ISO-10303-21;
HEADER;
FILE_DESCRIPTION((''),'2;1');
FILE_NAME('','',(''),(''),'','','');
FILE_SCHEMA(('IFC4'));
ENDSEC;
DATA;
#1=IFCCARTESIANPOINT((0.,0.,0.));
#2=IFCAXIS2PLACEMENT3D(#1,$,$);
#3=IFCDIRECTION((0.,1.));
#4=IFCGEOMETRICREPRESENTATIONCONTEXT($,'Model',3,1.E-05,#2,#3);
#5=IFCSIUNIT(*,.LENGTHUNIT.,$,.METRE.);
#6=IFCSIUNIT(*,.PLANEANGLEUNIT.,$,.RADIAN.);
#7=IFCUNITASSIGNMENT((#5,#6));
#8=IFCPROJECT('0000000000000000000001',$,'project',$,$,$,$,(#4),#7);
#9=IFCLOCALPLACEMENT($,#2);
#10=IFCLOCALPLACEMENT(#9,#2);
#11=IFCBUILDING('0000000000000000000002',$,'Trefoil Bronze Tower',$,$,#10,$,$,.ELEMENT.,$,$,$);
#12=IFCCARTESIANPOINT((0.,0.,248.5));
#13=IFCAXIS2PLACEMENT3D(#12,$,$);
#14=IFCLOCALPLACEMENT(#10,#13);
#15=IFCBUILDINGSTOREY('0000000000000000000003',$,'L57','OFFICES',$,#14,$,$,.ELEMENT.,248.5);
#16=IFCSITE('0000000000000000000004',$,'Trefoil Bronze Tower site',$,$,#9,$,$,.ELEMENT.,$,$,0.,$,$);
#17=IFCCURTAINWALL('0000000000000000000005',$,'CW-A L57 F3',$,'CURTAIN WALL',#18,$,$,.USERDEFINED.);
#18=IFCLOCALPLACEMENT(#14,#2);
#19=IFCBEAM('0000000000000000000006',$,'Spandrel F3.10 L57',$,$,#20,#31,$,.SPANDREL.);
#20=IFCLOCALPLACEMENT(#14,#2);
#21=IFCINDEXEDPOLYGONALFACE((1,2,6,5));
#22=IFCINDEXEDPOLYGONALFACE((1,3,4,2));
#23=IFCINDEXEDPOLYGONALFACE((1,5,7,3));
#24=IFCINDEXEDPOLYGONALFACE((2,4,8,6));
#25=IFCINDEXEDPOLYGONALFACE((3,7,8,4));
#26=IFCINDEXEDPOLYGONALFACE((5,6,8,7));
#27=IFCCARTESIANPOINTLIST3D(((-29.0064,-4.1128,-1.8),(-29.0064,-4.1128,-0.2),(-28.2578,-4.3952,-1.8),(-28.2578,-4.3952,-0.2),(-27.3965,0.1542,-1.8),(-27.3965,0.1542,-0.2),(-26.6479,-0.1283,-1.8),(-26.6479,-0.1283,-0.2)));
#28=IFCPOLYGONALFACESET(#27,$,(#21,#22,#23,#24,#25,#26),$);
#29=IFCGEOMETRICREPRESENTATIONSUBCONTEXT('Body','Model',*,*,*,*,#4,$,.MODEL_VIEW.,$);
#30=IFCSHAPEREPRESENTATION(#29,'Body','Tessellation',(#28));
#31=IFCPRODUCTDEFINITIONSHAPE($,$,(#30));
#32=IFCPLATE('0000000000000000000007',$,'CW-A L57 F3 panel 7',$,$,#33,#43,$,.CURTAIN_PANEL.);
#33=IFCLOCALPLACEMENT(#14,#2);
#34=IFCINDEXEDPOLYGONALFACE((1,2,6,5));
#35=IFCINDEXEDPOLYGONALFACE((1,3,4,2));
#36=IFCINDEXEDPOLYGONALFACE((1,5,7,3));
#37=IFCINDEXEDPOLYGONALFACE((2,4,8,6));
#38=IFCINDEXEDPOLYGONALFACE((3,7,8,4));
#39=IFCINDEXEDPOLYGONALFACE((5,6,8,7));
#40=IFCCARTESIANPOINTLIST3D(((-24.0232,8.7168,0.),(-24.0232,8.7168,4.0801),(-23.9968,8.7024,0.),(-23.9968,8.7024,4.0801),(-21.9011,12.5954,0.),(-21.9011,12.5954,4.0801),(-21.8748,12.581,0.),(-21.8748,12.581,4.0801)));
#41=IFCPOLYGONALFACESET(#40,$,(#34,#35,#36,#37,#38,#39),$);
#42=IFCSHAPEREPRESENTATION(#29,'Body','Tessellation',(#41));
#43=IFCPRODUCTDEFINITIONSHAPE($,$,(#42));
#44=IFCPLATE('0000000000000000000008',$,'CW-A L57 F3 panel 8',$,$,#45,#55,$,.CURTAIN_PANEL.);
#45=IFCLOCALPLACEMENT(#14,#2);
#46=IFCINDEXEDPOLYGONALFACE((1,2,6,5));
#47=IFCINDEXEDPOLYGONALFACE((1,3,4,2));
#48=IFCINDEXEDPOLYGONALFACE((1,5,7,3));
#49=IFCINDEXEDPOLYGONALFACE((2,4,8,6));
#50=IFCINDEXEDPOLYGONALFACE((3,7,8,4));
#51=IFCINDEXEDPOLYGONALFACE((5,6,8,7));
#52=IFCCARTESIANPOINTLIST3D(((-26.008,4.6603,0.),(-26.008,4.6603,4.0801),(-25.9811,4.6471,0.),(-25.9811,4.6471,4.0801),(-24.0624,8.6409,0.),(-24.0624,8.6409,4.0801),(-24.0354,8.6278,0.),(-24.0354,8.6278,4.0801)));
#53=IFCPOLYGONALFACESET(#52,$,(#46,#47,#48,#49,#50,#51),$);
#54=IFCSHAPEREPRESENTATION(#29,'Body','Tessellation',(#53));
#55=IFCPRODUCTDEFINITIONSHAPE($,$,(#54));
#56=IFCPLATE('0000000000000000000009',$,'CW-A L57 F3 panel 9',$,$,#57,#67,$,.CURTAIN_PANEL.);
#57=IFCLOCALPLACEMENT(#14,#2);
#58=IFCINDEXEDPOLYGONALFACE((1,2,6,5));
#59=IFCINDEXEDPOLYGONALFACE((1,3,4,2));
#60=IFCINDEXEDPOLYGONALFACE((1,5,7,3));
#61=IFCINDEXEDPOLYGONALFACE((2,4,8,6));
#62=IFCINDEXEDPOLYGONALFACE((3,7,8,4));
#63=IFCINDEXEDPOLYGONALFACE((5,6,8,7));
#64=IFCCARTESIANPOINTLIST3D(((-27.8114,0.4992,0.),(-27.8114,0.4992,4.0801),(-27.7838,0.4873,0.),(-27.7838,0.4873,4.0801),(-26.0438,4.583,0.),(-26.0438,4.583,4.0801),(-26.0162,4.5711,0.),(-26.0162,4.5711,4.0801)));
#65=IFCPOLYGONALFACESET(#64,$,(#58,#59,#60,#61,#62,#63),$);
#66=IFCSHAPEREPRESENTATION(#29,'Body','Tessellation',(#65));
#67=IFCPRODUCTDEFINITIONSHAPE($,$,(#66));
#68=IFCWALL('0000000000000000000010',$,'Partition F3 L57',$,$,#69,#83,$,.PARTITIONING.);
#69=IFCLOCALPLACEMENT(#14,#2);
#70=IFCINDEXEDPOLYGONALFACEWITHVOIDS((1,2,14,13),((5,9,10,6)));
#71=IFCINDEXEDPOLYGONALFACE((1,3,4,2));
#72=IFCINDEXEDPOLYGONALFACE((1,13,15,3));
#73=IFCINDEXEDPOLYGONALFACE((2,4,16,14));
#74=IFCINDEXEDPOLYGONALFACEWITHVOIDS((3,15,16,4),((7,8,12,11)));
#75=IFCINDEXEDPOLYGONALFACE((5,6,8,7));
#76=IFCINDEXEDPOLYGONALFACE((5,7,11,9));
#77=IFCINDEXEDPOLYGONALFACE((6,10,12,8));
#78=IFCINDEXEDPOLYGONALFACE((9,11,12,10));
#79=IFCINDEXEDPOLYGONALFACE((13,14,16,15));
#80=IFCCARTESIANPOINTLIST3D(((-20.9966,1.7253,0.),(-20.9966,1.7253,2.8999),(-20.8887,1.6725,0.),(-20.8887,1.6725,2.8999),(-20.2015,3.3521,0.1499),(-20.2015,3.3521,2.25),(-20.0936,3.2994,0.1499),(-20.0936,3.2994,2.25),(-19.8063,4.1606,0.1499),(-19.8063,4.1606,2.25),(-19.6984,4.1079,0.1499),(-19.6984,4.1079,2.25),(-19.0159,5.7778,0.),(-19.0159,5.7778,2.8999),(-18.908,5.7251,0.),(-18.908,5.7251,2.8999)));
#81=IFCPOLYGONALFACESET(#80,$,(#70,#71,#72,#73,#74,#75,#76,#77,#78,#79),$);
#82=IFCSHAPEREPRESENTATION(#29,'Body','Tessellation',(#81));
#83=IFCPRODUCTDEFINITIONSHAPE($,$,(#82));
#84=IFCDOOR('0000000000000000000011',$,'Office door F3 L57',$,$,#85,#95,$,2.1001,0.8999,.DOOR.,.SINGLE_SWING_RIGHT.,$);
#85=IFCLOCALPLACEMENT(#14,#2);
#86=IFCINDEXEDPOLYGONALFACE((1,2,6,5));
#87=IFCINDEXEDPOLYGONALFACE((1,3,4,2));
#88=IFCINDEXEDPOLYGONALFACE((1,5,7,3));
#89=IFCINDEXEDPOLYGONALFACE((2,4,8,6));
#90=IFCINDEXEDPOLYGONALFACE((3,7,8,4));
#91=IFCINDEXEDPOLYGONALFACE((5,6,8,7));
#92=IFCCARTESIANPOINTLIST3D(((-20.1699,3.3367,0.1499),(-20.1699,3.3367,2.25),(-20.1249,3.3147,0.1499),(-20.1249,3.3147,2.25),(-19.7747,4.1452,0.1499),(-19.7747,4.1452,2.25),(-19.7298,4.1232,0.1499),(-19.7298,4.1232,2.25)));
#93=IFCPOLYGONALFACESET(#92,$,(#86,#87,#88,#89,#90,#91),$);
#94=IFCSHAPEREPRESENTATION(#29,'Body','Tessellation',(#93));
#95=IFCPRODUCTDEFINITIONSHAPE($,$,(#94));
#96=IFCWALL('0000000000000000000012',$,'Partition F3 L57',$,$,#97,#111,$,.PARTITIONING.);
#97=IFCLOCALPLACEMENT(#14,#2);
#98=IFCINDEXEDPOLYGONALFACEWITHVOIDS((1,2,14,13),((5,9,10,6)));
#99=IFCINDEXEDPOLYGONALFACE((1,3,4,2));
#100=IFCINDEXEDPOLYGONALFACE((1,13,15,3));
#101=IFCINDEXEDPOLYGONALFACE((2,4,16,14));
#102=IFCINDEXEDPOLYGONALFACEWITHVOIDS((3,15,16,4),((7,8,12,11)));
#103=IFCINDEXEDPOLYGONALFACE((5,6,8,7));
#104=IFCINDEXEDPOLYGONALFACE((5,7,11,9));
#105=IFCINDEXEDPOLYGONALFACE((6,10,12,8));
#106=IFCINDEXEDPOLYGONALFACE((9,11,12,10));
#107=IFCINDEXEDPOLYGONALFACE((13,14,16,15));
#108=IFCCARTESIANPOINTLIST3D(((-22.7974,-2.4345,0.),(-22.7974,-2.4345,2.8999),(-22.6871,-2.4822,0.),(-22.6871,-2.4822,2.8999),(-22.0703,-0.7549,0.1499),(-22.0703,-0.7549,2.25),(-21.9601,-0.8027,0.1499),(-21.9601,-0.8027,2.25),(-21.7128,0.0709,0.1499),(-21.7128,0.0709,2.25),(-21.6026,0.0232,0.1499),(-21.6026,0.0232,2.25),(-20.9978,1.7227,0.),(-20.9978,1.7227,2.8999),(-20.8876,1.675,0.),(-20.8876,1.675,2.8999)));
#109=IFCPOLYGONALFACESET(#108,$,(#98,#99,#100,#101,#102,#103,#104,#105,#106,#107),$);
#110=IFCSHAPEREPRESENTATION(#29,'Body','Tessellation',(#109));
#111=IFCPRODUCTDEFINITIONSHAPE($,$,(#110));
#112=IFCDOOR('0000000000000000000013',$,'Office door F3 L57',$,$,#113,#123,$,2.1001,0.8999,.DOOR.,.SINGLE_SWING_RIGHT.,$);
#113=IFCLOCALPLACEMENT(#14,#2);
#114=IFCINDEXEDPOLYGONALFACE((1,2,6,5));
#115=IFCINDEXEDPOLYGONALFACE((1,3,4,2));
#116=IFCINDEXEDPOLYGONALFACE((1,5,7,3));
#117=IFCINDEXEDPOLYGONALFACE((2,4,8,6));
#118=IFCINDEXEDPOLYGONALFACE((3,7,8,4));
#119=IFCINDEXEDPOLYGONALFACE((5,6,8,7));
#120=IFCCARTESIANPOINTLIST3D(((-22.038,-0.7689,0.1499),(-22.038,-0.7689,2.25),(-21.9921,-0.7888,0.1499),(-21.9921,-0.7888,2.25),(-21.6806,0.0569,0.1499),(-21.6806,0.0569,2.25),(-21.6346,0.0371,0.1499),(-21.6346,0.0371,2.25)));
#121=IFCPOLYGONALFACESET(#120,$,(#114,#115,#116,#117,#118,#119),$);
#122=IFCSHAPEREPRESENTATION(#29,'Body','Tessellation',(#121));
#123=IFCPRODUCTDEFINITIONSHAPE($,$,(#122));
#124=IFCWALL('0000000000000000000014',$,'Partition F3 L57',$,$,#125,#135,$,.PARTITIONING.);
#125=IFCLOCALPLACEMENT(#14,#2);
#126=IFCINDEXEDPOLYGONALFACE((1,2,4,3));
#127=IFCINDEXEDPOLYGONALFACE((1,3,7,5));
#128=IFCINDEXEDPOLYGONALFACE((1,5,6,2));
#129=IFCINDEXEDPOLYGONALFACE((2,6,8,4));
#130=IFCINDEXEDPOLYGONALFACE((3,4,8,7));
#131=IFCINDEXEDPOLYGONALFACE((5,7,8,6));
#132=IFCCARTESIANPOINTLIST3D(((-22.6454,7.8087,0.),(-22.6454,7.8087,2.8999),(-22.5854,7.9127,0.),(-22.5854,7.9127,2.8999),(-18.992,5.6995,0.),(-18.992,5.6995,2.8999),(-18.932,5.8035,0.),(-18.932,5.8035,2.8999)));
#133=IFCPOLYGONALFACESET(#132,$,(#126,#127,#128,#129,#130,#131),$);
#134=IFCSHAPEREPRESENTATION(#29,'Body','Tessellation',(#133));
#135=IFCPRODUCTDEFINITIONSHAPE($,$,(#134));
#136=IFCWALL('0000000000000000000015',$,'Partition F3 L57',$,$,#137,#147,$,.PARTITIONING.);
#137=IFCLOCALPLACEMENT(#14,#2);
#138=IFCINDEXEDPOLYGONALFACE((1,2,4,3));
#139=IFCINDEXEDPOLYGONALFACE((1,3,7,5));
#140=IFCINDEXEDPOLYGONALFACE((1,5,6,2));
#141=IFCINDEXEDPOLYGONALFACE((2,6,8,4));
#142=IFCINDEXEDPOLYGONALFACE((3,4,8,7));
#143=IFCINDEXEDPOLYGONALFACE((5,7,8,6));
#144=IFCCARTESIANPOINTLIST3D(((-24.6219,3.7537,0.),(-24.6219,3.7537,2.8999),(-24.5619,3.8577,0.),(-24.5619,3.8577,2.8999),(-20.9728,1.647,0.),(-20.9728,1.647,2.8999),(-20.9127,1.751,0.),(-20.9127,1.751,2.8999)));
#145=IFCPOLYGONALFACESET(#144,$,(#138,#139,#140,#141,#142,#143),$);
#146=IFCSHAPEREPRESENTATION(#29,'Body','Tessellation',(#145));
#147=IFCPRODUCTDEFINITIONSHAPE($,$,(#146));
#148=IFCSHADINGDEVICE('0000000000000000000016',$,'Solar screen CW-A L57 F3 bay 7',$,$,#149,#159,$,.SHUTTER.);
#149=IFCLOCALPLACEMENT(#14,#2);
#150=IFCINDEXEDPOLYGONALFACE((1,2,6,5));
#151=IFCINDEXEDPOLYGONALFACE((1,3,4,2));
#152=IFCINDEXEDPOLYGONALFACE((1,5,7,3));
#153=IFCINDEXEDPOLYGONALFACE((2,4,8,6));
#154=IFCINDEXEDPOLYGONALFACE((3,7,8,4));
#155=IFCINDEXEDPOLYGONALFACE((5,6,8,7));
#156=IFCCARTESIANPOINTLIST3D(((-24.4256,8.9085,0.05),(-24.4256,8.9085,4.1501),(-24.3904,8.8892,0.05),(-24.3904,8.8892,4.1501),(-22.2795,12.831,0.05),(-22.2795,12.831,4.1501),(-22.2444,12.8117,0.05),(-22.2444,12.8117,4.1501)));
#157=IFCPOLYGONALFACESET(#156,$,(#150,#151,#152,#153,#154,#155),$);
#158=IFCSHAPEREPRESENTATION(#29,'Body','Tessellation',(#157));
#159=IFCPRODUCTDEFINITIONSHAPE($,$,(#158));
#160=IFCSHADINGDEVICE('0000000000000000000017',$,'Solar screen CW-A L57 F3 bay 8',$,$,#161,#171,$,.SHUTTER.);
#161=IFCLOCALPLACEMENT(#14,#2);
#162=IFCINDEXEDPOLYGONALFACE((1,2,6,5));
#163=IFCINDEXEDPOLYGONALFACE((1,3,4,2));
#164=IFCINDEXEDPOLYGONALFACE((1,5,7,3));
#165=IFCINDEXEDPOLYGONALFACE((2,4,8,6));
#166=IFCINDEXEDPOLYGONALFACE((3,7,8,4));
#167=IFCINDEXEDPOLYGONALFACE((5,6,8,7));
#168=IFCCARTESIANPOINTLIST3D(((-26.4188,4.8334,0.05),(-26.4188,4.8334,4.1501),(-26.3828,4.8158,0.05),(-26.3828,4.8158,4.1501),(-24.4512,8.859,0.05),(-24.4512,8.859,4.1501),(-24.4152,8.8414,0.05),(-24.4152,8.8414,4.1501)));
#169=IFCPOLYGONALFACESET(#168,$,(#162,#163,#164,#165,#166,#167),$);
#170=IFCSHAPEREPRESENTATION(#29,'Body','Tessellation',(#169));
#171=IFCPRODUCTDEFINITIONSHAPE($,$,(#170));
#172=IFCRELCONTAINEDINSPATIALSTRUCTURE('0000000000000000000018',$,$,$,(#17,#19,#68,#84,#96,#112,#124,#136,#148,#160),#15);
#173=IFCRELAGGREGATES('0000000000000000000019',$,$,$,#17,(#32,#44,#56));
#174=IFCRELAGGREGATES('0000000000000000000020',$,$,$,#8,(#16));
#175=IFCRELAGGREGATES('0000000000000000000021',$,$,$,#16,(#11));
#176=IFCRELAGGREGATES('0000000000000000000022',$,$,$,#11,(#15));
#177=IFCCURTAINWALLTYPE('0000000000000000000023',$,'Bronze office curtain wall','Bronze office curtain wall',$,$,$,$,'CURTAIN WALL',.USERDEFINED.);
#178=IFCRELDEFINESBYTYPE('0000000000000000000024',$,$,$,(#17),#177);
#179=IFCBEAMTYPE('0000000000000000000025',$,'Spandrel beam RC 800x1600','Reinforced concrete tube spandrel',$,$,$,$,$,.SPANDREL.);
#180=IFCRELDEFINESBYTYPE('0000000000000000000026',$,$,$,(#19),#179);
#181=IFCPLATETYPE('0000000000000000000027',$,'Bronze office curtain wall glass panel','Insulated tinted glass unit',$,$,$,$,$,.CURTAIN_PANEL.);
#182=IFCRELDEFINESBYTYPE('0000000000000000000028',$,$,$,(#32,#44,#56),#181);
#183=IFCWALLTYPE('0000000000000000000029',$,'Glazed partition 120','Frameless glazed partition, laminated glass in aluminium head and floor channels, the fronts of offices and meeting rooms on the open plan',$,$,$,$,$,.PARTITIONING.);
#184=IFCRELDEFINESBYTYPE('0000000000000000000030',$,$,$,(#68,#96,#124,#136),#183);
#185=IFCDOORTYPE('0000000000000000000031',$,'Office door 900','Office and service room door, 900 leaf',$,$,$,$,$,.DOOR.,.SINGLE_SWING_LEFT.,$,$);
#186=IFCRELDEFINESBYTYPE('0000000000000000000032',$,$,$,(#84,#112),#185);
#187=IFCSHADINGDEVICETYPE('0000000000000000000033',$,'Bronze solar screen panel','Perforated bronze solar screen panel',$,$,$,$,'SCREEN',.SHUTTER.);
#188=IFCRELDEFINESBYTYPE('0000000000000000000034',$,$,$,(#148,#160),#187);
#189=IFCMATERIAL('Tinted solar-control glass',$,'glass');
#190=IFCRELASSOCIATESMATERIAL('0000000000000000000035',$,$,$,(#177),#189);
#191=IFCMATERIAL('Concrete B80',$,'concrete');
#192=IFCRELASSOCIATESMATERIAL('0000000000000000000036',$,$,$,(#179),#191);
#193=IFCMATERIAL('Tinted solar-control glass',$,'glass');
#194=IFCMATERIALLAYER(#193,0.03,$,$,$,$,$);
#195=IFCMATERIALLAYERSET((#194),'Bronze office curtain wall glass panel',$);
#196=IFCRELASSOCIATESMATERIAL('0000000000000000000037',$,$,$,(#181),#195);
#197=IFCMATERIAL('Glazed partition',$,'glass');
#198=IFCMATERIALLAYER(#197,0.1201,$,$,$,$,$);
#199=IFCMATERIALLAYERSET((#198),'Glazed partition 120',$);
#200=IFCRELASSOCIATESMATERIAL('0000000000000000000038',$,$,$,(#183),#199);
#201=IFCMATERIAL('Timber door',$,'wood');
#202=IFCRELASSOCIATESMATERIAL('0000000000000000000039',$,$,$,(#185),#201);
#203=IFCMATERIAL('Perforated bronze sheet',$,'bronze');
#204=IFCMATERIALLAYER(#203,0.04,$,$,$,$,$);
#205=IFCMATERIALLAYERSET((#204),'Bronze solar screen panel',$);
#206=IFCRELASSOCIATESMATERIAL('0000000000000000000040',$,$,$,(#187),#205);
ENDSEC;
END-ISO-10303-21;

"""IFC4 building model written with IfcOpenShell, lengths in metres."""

from ifc_helpers import new_model, si_unit, direction, frame, frame_2d, origin, origin_2d, place, context, subcontext, project, spatial, rectangle, extrude, material, layer, layer_set, material_profile, profile_set, type_object, element, fill, aggregate, save


model = new_model("IFC4")

# Units and contexts
model_context = context("Model", 3, precision=1e-05, world=origin(), true_north=direction((0.0, 1.0)))
body_context = subcontext(model_context, "Body", "Model", "MODEL_VIEW")
ifc_project = project(units=[si_unit("LENGTHUNIT", "METRE"), si_unit("PLANEANGLEUNIT", "RADIAN")], contexts=[model_context])

# Site, building, storey
site_placement = place(None, origin())
site = spatial("IfcSite", under=ifc_project, at=site_placement, Name="Trefoil Bronze Tower site", CompositionType="ELEMENT", RefElevation=0.0)
building_placement = place(site_placement, origin())
building = spatial("IfcBuilding", under=site, at=building_placement, Name="Trefoil Bronze Tower", CompositionType="ELEMENT")
storey_placement = place(building_placement, frame((0.0, 0.0, 248.5)))
storey = spatial("IfcBuildingStorey", under=building, at=storey_placement, Name="L57", Description="OFFICES", CompositionType="ELEMENT", Elevation=248.5)

# Curtain wall
ifc_material_1 = material(Name="Tinted solar-control glass", Category="glass")
curtain_wall_type = type_object("IfcCurtainWallType", Name="Bronze office curtain wall", Description="Bronze office curtain wall", ElementType="CURTAIN WALL", PredefinedType="USERDEFINED", material=ifc_material_1)
curtain_wall_placement = place(storey_placement, origin())
curtain_wall = element("IfcCurtainWall", 1, at=curtain_wall_placement, inside=storey, type_object=curtain_wall_type, Name="CW-A L57 F3", ObjectType="CURTAIN WALL", PredefinedType="USERDEFINED")

# Beam
ifc_material_2 = material(Name="Concrete B80", Category="concrete")
ifc_material_profile_1 = material_profile(ifc_material_2, rectangle(XDim=0.8, YDim=1.6001, at=origin_2d()), Name="RC 800x1600")
ifc_profile_set_1 = profile_set([ifc_material_profile_1], Name="Concrete B80")
beam_type_1 = type_object("IfcBeamType", Name="Spandrel beam RC 800x1600", Description="Reinforced concrete tube spandrel", PredefinedType="SPANDREL", material=ifc_profile_set_1)
beam_1_placement = place(storey_placement, frame((-27.0222, 0.0129, -1.0), z_axis=(-0.353006, -0.935621, 0.0), x_axis=(0.935621, -0.353006, 0.0)))
element("IfcBeam", 2, at=beam_1_placement, inside=storey, type_object=beam_type_1, Name="Spandrel F3.10 L57", PredefinedType="SPANDREL", context=body_context, shape_type="SweptSolid", body=[
    extrude(rectangle(XDim=0.8, YDim=1.6001, at=origin_2d()), origin(), (0.0, 0.0, 1.0), 4.5605),
])

# Plates
ifc_material_3 = material(Name="Tinted solar-control glass", Category="glass")
ifc_layer_1 = layer(ifc_material_3, 0.03)
ifc_layer_set_1 = layer_set([ifc_layer_1], Name="Bronze office curtain wall glass panel")
plate_type = type_object("IfcPlateType", Name="Bronze office curtain wall glass panel", Description="Insulated tinted glass unit", PredefinedType="CURTAIN_PANEL", material=ifc_layer_set_1)
plate_1_placement = place(storey_placement, frame((-22.949, 10.6489, 0.0), z_axis=(0.0, 0.0, 1.0), x_axis=(-0.479974, -0.877283, 0.0)))
plate_1 = element("IfcPlate", 3, at=plate_1_placement, type_object=plate_type, Name="CW-A L57 F3 panel 7", PredefinedType="CURTAIN_PANEL", context=body_context, shape_type="SweptSolid", body=[
    extrude(rectangle(XDim=4.4211, YDim=0.03, at=origin_2d()), origin(), (0.0, 0.0, 1.0), 4.0801),
])
plate_2_placement = place(storey_placement, frame((-25.0217, 6.644, 0.0), z_axis=(0.0, 0.0, 1.0), x_axis=(-0.439129, -0.898424, 0.0)))
plate_2 = element("IfcPlate", 4, at=plate_2_placement, type_object=plate_type, Name="CW-A L57 F3 panel 8", PredefinedType="CURTAIN_PANEL", context=body_context, shape_type="SweptSolid", body=[
    extrude(rectangle(XDim=4.4307, YDim=0.03, at=origin_2d()), origin(), (0.0, 0.0, 1.0), 4.0801),
])
plate_3_placement = place(storey_placement, frame((-26.9138, 2.5352, 0.0), z_axis=(0.0, 0.0, 1.0), x_axis=(-0.39722, -0.917723, 0.0)))
plate_3 = element("IfcPlate", 5, at=plate_3_placement, type_object=plate_type, Name="CW-A L57 F3 panel 9", PredefinedType="CURTAIN_PANEL", context=body_context, shape_type="SweptSolid", body=[
    extrude(rectangle(XDim=4.45, YDim=0.03, at=origin_2d()), origin(), (0.0, 0.0, 1.0), 4.0801),
])
aggregate(curtain_wall, [plate_1, plate_2, plate_3])

# Walls, openings, doors
ifc_material_4 = material(Name="Glazed partition", Category="glass")
ifc_layer_2 = layer(ifc_material_4, 0.1201)
ifc_layer_set_2 = layer_set([ifc_layer_2], Name="Glazed partition 120")
wall_type = type_object("IfcWallType", Name="Glazed partition 120", Description="Frameless glazed partition, laminated glass in aluminium head and floor channels, the fronts of offices and meeting rooms on the open plan", PredefinedType="PARTITIONING", material=ifc_layer_set_2)
wall_1_placement = place(storey_placement, frame((-18.9619, 5.7515, 0.0), z_axis=(0.0, 0.0, 1.0), x_axis=(-0.43912, -0.898428, 0.0)))
wall_1 = element("IfcWall", 6, at=wall_1_placement, inside=storey, type_object=wall_type, Name="Partition F3 L57", PredefinedType="PARTITIONING", context=body_context, shape_type="SweptSolid", body=[
    extrude(rectangle(XDim=4.5107, YDim=0.1201, at=frame_2d((2.2554, 0.0))), origin(), (0.0, 0.0, 1.0), 2.8999),
])
opening_1_placement = place(wall_1_placement, frame((1.8, 0.0, 0.1499)))
opening_1 = element("IfcOpeningElement", 7, at=opening_1_placement, cuts=wall_1, PredefinedType="OPENING", context=body_context, shape_type="SweptSolid", body=[
    extrude(rectangle(XDim=0.8999, YDim=2.1001, at=frame_2d((0.45, 1.05))), frame((0.0, 0.0701, 0.0), z_axis=(0.0, -1.0, 0.0), x_axis=(1.0, 0.0, 0.0)), (0.0, 0.0, 1.0), 0.1401),
])
ifc_material_5 = material(Name="Timber door", Category="wood")
door_type = type_object("IfcDoorType", Name="Office door 900", Description="Office and service room door, 900 leaf", OperationType="SINGLE_SWING_LEFT", PredefinedType="DOOR", material=ifc_material_5)
door_1_placement = place(opening_1_placement, frame((0.8999, 0.0, 0.0), z_axis=(0.0, 0.0, 1.0), x_axis=(-1.0, 0.0, 0.0)))
door_1 = element("IfcDoor", 8, at=door_1_placement, inside=storey, type_object=door_type, Name="Office door F3 L57", OperationType="SINGLE_SWING_RIGHT", OverallHeight=2.1001, OverallWidth=0.8999, PredefinedType="DOOR", context=body_context, shape_type="SweptSolid", body=[
    extrude(rectangle(XDim=0.8999, YDim=2.1001, at=frame_2d((0.45, 1.05))), frame((0.0, 0.0249, 0.0), z_axis=(0.0, -1.0, 0.0), x_axis=(1.0, 0.0, 0.0)), (0.0, 0.0, 1.0), 0.05),
])
fill(opening_1, door_1)
wall_2_placement = place(storey_placement, frame((-20.9426, 1.699, 0.0), z_axis=(0.0, 0.0, 1.0), x_axis=(-0.397253, -0.917709, 0.0)))
wall_2 = element("IfcWall", 9, at=wall_2_placement, inside=storey, type_object=wall_type, Name="Partition F3 L57", PredefinedType="PARTITIONING", context=body_context, shape_type="SweptSolid", body=[
    extrude(rectangle(XDim=4.53, YDim=0.1201, at=frame_2d((2.2651, 0.0))), origin(), (0.0, 0.0, 1.0), 2.8999),
])
opening_2_placement = place(wall_2_placement, frame((1.8, 0.0, 0.1499)))
opening_2 = element("IfcOpeningElement", 10, at=opening_2_placement, cuts=wall_2, PredefinedType="OPENING", context=body_context, shape_type="SweptSolid", body=[
    extrude(rectangle(XDim=0.8999, YDim=2.1001, at=frame_2d((0.45, 1.05))), frame((0.0, 0.0701, 0.0), z_axis=(0.0, -1.0, 0.0), x_axis=(1.0, 0.0, 0.0)), (0.0, 0.0, 1.0), 0.1401),
])
door_2_placement = place(opening_2_placement, frame((0.8999, 0.0, 0.0), z_axis=(0.0, 0.0, 1.0), x_axis=(-1.0, 0.0, 0.0)))
door_2 = element("IfcDoor", 11, at=door_2_placement, inside=storey, type_object=door_type, Name="Office door F3 L57", OperationType="SINGLE_SWING_RIGHT", OverallHeight=2.1001, OverallWidth=0.8999, PredefinedType="DOOR", context=body_context, shape_type="SweptSolid", body=[
    extrude(rectangle(XDim=0.8999, YDim=2.1001, at=frame_2d((0.45, 1.05))), frame((0.0, 0.0249, 0.0), z_axis=(0.0, -1.0, 0.0), x_axis=(1.0, 0.0, 0.0)), (0.0, 0.0, 1.0), 0.05),
])
fill(opening_2, door_2)

# Walls
wall_3_placement = place(storey_placement, frame((-18.9619, 5.7515, 0.0), z_axis=(0.0, 0.0, 1.0), x_axis=(-0.866037, 0.49998, 0.0)))
element("IfcWall", 12, at=wall_3_placement, inside=storey, type_object=wall_type, Name="Partition F3 L57", PredefinedType="PARTITIONING", context=body_context, shape_type="SweptSolid", body=[
    extrude(rectangle(XDim=4.2185, YDim=0.1201, at=frame_2d((2.1094, 0.0))), origin(), (0.0, 0.0, 1.0), 2.8999),
])
wall_4_placement = place(storey_placement, frame((-20.9426, 1.699, 0.0), z_axis=(0.0, 0.0, 1.0), x_axis=(-0.866042, 0.499972, 0.0)))
element("IfcWall", 13, at=wall_4_placement, inside=storey, type_object=wall_type, Name="Partition F3 L57", PredefinedType="PARTITIONING", context=body_context, shape_type="SweptSolid", body=[
    extrude(rectangle(XDim=4.2136, YDim=0.1201, at=frame_2d((2.1069, 0.0))), origin(), (0.0, 0.0, 1.0), 2.8999),
])

# Shading devices
ifc_material_6 = material(Name="Perforated bronze sheet", Category="bronze")
ifc_layer_3 = layer(ifc_material_6, 0.04)
ifc_layer_set_3 = layer_set([ifc_layer_3], Name="Bronze solar screen panel")
shading_device_type = type_object("IfcShadingDeviceType", Name="Bronze solar screen panel", Description="Perforated bronze solar screen panel", ElementType="SCREEN", PredefinedType="SHUTTER", material=ifc_layer_set_3)
shading_device_1_placement = place(storey_placement, frame((-23.335, 10.8601, 0.05), z_axis=(0.0, 0.0, 1.0), x_axis=(-0.479974, -0.877283, 0.0)))
element("IfcShadingDevice", 14, at=shading_device_1_placement, inside=storey, type_object=shading_device_type, Name="Solar screen CW-A L57 F3 bay 7", PredefinedType="SHUTTER", context=body_context, shape_type="SweptSolid", body=[
    extrude(rectangle(XDim=4.4712, YDim=0.04, at=origin_2d()), origin(), (0.0, 0.0, 1.0), 4.1001),
])
shading_device_2_placement = place(storey_placement, frame((-25.417, 6.8374, 0.05), z_axis=(0.0, 0.0, 1.0), x_axis=(-0.439129, -0.898424, 0.0)))
element("IfcShadingDevice", 15, at=shading_device_2_placement, inside=storey, type_object=shading_device_type, Name="Solar screen CW-A L57 F3 bay 8", PredefinedType="SHUTTER", context=body_context, shape_type="SweptSolid", body=[
    extrude(rectangle(XDim=4.4807, YDim=0.04, at=origin_2d()), origin(), (0.0, 0.0, 1.0), 4.1001),
])

save(model, "model.ifc")
